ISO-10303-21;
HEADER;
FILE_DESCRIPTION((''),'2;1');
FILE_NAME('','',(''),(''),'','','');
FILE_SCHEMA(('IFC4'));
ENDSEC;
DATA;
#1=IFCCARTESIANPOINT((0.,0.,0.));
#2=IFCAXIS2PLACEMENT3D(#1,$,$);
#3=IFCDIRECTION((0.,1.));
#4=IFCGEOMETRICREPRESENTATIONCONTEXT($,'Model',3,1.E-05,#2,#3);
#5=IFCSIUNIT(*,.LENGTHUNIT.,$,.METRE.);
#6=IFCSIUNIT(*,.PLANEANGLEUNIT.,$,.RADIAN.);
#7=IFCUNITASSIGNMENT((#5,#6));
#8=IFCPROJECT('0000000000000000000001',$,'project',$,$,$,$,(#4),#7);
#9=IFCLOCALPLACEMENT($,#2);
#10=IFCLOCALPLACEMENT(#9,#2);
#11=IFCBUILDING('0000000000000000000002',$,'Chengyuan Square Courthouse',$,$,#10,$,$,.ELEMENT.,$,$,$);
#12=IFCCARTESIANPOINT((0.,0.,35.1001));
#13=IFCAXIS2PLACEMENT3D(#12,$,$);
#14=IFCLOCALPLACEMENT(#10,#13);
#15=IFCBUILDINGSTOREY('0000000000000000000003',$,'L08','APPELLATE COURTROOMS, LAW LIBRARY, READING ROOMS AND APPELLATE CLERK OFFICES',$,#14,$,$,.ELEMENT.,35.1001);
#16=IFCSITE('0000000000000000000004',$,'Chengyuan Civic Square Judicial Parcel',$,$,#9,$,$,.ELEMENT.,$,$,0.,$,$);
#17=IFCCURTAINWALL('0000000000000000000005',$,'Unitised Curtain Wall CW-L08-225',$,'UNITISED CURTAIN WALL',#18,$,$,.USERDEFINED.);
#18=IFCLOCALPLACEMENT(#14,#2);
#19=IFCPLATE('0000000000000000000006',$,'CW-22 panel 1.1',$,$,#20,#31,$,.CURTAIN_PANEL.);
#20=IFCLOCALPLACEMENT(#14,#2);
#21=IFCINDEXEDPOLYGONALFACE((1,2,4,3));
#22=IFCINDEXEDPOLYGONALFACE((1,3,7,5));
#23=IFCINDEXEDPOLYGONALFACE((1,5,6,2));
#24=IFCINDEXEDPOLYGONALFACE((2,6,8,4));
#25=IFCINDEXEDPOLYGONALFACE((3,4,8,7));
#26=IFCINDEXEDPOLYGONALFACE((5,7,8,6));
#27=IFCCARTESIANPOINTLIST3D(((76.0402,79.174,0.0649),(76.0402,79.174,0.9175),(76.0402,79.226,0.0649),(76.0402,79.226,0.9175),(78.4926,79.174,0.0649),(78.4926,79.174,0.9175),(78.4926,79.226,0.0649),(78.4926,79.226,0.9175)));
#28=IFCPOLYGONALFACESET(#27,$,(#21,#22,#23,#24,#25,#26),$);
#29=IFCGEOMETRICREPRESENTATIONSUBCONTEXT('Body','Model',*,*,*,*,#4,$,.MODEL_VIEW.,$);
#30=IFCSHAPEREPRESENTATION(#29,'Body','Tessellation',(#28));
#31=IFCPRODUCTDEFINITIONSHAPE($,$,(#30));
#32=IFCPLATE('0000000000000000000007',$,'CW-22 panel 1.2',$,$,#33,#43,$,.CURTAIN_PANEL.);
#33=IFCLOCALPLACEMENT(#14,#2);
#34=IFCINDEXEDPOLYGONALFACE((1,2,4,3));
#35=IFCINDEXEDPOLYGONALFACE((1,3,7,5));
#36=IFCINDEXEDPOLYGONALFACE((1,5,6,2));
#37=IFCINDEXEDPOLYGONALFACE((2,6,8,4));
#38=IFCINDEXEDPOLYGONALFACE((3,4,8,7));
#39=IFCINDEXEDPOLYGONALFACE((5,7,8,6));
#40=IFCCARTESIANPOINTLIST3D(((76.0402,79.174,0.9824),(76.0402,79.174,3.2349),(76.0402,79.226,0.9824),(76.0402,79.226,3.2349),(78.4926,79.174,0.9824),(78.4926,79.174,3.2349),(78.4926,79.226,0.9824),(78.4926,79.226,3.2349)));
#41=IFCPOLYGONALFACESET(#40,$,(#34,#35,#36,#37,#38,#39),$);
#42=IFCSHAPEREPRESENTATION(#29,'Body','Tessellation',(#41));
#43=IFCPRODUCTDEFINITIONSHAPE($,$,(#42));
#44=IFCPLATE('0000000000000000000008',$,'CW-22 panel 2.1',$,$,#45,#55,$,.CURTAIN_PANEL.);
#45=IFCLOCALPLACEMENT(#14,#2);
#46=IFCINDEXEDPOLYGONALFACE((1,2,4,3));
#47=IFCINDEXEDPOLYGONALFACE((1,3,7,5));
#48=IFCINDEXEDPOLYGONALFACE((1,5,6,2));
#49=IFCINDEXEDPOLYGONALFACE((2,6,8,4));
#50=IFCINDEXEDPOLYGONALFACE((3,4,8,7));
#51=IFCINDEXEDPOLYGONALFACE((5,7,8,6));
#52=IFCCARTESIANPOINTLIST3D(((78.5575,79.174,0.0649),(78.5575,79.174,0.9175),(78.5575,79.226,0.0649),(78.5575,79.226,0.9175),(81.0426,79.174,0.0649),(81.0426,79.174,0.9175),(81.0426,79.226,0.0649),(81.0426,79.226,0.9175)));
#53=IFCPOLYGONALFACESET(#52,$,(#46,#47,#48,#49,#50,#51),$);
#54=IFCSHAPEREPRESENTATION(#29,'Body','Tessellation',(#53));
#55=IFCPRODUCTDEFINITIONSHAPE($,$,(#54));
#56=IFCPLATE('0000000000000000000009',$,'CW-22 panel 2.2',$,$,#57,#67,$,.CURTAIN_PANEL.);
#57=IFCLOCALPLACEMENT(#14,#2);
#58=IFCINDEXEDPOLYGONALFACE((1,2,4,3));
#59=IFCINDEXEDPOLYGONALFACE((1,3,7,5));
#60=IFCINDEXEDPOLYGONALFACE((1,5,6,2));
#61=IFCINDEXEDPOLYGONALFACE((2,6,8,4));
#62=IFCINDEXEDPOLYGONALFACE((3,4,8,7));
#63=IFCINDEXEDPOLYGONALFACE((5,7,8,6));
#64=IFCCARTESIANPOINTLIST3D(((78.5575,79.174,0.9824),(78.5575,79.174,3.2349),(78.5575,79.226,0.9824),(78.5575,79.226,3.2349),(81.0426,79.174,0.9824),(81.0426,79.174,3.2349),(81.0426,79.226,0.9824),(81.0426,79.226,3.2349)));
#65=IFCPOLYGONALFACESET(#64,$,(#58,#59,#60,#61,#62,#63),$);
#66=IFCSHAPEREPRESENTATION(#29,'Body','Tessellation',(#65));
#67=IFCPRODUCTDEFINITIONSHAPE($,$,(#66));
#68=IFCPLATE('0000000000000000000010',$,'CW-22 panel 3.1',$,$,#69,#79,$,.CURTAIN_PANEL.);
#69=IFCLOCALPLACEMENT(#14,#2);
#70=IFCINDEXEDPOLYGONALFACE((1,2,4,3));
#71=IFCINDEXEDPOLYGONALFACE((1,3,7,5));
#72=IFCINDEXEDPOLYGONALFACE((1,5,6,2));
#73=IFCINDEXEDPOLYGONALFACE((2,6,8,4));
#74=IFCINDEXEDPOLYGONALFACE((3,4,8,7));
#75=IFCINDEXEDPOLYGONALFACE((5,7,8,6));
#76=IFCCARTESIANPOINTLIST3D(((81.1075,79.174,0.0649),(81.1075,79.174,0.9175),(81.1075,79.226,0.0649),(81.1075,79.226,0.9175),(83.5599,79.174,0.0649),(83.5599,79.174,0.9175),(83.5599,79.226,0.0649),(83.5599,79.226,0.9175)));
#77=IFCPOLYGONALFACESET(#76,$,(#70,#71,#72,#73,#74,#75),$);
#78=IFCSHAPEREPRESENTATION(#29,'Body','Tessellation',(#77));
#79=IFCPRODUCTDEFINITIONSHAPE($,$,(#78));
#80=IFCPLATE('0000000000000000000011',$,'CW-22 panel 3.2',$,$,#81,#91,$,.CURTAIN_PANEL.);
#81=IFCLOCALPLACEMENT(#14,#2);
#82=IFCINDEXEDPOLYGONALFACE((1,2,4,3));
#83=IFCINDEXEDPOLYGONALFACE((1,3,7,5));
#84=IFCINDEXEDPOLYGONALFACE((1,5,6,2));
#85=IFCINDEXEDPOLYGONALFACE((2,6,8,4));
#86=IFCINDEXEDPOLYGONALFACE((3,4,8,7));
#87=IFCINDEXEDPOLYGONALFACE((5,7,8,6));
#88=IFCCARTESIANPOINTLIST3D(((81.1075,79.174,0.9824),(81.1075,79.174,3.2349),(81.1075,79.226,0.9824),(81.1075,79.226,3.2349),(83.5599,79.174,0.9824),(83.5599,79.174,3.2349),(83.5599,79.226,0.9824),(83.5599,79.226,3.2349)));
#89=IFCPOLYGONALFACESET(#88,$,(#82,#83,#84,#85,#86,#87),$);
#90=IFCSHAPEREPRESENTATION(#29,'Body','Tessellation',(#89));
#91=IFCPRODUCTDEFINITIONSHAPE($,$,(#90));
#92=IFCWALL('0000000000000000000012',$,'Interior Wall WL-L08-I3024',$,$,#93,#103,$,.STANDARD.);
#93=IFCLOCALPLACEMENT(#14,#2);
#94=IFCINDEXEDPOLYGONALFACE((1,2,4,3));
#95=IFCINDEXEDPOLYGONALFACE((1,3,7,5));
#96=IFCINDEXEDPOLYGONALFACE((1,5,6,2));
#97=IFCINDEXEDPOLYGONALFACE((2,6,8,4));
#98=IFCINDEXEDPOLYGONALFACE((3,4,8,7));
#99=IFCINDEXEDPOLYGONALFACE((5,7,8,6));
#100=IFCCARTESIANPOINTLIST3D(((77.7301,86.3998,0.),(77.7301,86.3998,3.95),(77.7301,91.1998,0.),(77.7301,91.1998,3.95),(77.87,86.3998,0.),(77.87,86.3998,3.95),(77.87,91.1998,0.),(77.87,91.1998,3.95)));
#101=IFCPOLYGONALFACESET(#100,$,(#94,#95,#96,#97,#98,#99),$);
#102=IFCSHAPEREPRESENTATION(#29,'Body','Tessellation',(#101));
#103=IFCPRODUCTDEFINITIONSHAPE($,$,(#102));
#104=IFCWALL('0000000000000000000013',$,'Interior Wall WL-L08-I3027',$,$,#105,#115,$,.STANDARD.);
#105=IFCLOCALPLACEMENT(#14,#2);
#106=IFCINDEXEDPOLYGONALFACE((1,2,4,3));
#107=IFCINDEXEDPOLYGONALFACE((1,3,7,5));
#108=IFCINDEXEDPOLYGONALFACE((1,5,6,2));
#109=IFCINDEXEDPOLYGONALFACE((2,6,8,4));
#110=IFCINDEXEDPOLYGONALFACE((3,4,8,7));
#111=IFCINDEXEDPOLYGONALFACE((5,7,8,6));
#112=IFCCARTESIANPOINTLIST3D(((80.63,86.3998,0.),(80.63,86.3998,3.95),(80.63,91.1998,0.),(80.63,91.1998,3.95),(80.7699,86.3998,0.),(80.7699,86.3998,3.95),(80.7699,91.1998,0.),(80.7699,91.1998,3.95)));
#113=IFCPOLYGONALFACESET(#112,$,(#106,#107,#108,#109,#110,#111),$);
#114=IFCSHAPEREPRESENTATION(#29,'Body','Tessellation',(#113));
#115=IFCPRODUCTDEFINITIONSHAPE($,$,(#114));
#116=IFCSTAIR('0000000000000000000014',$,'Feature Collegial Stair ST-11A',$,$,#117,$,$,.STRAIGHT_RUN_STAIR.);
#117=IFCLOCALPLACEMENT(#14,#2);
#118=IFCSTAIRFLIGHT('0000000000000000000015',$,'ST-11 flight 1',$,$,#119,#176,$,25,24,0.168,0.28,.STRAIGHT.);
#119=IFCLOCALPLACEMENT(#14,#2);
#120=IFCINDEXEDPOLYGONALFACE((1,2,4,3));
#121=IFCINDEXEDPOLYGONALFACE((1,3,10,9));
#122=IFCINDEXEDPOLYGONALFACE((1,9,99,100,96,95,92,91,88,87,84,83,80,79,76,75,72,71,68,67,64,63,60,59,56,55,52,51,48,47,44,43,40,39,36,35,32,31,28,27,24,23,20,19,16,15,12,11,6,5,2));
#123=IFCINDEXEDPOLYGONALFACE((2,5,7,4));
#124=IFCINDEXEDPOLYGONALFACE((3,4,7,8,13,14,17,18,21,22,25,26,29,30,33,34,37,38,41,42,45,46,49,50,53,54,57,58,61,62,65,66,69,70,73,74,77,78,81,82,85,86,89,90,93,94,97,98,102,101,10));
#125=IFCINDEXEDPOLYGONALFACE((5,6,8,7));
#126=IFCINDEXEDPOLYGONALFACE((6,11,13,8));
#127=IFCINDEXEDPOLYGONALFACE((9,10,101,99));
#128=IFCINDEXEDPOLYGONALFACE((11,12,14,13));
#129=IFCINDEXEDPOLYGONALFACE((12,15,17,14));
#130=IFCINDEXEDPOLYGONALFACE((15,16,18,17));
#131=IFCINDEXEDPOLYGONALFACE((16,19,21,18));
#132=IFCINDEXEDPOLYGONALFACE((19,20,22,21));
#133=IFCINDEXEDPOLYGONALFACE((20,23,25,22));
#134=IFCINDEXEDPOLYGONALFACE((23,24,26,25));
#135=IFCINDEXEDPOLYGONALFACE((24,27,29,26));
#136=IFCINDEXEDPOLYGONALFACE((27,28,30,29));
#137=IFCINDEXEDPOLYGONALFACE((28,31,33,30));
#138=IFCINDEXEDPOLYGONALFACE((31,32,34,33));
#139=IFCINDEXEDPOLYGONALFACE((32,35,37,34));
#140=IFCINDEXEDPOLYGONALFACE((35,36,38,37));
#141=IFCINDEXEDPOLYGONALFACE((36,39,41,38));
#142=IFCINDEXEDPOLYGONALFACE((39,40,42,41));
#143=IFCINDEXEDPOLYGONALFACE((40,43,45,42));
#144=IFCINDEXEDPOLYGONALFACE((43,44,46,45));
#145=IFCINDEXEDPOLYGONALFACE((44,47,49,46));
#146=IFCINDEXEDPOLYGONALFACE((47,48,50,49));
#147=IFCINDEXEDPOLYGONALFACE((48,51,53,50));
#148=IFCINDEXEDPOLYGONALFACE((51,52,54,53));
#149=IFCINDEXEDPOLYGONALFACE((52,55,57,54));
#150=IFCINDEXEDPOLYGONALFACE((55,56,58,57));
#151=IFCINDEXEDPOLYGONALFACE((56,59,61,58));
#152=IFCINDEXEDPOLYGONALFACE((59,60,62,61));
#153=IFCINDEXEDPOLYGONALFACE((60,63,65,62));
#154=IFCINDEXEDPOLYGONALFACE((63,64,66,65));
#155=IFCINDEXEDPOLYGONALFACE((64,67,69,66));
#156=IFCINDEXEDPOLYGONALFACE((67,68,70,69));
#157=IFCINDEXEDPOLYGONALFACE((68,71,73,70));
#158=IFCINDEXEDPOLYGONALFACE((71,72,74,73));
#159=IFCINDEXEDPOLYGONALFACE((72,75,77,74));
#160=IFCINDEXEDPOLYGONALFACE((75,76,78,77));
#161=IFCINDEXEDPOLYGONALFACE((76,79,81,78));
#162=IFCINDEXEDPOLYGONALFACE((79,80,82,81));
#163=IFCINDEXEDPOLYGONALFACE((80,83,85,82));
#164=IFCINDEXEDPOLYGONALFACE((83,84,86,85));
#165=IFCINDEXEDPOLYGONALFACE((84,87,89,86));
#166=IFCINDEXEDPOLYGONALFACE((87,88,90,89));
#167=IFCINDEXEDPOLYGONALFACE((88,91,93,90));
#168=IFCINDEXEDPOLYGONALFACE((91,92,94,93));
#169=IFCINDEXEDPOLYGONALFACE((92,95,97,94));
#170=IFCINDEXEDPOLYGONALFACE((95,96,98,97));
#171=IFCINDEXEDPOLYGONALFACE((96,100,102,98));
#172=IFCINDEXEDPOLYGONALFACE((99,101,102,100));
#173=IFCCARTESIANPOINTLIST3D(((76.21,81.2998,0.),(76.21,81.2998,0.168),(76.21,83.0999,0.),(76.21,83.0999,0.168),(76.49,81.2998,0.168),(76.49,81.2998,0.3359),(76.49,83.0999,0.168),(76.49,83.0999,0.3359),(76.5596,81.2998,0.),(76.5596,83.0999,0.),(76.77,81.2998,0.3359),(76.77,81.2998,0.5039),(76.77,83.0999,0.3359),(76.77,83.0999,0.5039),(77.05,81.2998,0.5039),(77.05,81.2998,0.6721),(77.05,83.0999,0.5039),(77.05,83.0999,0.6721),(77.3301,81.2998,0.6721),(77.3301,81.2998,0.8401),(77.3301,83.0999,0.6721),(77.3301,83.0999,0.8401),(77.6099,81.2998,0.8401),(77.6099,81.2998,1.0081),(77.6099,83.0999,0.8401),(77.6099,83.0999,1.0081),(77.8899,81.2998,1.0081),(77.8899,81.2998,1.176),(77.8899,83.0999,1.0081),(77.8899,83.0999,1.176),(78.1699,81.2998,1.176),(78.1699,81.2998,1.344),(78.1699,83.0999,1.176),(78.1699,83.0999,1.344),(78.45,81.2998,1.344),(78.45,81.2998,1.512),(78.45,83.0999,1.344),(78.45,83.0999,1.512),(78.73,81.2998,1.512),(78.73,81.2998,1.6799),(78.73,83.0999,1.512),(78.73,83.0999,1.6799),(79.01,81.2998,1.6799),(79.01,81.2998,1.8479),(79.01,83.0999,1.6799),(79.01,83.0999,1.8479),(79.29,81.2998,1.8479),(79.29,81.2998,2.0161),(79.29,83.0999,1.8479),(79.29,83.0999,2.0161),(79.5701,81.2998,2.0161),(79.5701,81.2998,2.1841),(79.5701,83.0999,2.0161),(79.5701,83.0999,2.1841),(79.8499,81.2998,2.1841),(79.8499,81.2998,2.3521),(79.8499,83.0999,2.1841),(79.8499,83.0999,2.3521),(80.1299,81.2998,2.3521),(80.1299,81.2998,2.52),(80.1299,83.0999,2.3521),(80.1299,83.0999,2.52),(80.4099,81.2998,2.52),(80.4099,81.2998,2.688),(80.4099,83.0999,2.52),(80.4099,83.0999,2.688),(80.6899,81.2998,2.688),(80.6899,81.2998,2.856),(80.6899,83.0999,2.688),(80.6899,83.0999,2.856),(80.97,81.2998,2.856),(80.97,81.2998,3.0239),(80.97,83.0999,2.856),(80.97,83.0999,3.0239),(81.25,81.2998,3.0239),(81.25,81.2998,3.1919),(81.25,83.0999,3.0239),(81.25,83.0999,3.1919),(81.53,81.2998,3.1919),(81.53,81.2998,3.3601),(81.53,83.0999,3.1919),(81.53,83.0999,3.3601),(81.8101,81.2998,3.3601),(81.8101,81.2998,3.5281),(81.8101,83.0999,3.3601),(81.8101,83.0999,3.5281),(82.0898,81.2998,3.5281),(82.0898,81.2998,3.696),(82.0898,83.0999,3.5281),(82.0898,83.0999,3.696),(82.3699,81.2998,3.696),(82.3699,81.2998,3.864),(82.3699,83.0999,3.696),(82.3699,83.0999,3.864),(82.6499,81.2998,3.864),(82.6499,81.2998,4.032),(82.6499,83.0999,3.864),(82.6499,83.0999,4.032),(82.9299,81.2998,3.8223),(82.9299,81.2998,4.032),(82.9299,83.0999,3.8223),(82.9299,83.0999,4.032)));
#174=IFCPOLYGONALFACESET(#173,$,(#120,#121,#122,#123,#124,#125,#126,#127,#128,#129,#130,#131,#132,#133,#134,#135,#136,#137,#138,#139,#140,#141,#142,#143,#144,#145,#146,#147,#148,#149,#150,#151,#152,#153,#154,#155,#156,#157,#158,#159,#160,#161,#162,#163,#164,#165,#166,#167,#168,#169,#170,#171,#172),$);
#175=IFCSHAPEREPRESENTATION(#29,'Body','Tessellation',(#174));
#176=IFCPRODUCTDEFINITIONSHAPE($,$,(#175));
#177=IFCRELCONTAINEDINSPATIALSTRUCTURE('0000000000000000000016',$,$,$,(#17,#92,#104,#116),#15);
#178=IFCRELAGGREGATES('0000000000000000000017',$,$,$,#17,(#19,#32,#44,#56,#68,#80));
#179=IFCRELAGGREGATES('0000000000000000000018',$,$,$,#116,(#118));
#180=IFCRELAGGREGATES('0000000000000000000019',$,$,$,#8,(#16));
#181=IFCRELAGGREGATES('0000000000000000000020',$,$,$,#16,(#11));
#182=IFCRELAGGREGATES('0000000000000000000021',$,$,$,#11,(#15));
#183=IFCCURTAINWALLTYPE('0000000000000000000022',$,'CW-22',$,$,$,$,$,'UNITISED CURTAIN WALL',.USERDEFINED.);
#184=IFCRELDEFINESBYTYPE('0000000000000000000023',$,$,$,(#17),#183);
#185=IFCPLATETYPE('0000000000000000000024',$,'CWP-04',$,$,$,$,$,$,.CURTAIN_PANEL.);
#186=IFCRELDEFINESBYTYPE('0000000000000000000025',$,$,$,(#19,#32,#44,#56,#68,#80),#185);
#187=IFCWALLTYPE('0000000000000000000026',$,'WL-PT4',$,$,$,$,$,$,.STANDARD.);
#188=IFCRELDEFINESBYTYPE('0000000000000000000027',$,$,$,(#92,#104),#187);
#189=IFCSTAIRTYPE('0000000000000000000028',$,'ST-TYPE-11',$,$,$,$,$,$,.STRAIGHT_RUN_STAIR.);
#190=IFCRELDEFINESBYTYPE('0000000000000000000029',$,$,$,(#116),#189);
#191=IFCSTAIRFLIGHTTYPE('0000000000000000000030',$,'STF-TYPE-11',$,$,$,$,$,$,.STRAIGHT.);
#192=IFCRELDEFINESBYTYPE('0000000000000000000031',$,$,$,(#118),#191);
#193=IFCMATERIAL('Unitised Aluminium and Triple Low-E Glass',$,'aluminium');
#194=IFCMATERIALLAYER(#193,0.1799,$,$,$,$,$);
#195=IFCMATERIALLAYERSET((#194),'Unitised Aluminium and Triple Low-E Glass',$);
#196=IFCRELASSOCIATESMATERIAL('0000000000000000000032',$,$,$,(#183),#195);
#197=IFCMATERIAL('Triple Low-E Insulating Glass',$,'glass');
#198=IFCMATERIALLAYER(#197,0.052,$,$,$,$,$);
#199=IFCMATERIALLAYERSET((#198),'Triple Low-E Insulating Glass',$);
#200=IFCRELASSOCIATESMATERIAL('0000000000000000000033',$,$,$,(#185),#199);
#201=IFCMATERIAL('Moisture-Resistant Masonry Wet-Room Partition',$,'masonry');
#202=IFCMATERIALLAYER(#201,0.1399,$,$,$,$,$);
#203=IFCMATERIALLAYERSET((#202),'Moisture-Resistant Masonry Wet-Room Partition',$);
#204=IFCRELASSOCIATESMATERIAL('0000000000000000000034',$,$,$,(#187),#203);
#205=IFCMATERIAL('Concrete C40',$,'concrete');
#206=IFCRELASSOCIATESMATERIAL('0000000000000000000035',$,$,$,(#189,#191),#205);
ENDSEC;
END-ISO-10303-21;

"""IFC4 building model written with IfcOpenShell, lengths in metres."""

from ifc_helpers import new_model, si_unit, direction, frame, frame_2d, origin, origin_2d, place, context, subcontext, project, spatial, polyline, rectangle, outline, extrude, material, layer, layer_set, type_object, element, aggregate, save


model = new_model("IFC4")

# Units and contexts
model_context = context("Model", 3, precision=1e-05, world=origin(), true_north=direction((0.0, 1.0)))
body_context = subcontext(model_context, "Body", "Model", "MODEL_VIEW")
ifc_project = project(units=[si_unit("LENGTHUNIT", "METRE"), si_unit("PLANEANGLEUNIT", "RADIAN")], contexts=[model_context])

# Site, building, storey
site_placement = place(None, origin())
site = spatial("IfcSite", under=ifc_project, at=site_placement, Name="Chengyuan Civic Square Judicial Parcel", CompositionType="ELEMENT", RefElevation=0.0)
building_placement = place(site_placement, origin())
building = spatial("IfcBuilding", under=site, at=building_placement, Name="Chengyuan Square Courthouse", CompositionType="ELEMENT")
storey_placement = place(building_placement, frame((0.0, 0.0, 35.1001)))
storey = spatial("IfcBuildingStorey", under=building, at=storey_placement, Name="L08", Description="APPELLATE COURTROOMS, LAW LIBRARY, READING ROOMS AND APPELLATE CLERK OFFICES", CompositionType="ELEMENT", Elevation=35.1001)

# Shared definitions
ifc_material_1 = material(Name="Concrete C40", Category="concrete")

# Curtain wall, plates
ifc_material_2 = material(Name="Unitised Aluminium and Triple Low-E Glass", Category="aluminium")
ifc_layer_1 = layer(ifc_material_2, 0.1799)
ifc_layer_set_1 = layer_set([ifc_layer_1], Name="Unitised Aluminium and Triple Low-E Glass")
curtain_wall_type = type_object("IfcCurtainWallType", Name="CW-22", ElementType="UNITISED CURTAIN WALL", PredefinedType="USERDEFINED", material=ifc_layer_set_1)
curtain_wall_placement = place(storey_placement, origin())
curtain_wall = element("IfcCurtainWall", 1, at=curtain_wall_placement, inside=storey, type_object=curtain_wall_type, Name="Unitised Curtain Wall CW-L08-225", ObjectType="UNITISED CURTAIN WALL", PredefinedType="USERDEFINED")
ifc_material_3 = material(Name="Triple Low-E Insulating Glass", Category="glass")
ifc_layer_2 = layer(ifc_material_3, 0.052)
ifc_layer_set_2 = layer_set([ifc_layer_2], Name="Triple Low-E Insulating Glass")
plate_type = type_object("IfcPlateType", Name="CWP-04", PredefinedType="CURTAIN_PANEL", material=ifc_layer_set_2)
plate_1_placement = place(storey_placement, frame((77.2664, 79.2, 0.0649), z_axis=(0.0, 0.0, 1.0), x_axis=(1.0, 0.0, 0.0)))
plate_1 = element("IfcPlate", 2, at=plate_1_placement, type_object=plate_type, Name="CW-22 panel 1.1", PredefinedType="CURTAIN_PANEL", context=body_context, shape_type="SweptSolid", body=[
    extrude(rectangle(XDim=2.4524, YDim=0.052, at=origin_2d()), origin(), (0.0, 0.0, 1.0), 0.8525),
])
plate_2_placement = place(storey_placement, frame((77.2664, 79.2, 0.9824), z_axis=(0.0, 0.0, 1.0), x_axis=(1.0, 0.0, 0.0)))
plate_2 = element("IfcPlate", 3, at=plate_2_placement, type_object=plate_type, Name="CW-22 panel 1.2", PredefinedType="CURTAIN_PANEL", context=body_context, shape_type="SweptSolid", body=[
    extrude(rectangle(XDim=2.4524, YDim=0.052, at=origin_2d()), origin(), (0.0, 0.0, 1.0), 2.2524),
])
plate_3_placement = place(storey_placement, frame((79.8, 79.2, 0.0649), z_axis=(0.0, 0.0, 1.0), x_axis=(1.0, 0.0, 0.0)))
plate_3 = element("IfcPlate", 4, at=plate_3_placement, type_object=plate_type, Name="CW-22 panel 2.1", PredefinedType="CURTAIN_PANEL", context=body_context, shape_type="SweptSolid", body=[
    extrude(rectangle(XDim=2.4851, YDim=0.052, at=origin_2d()), origin(), (0.0, 0.0, 1.0), 0.8525),
])
plate_4_placement = place(storey_placement, frame((79.8, 79.2, 0.9824), z_axis=(0.0, 0.0, 1.0), x_axis=(1.0, 0.0, 0.0)))
plate_4 = element("IfcPlate", 5, at=plate_4_placement, type_object=plate_type, Name="CW-22 panel 2.2", PredefinedType="CURTAIN_PANEL", context=body_context, shape_type="SweptSolid", body=[
    extrude(rectangle(XDim=2.4851, YDim=0.052, at=origin_2d()), origin(), (0.0, 0.0, 1.0), 2.2524),
])
plate_5_placement = place(storey_placement, frame((82.3337, 79.2, 0.0649), z_axis=(0.0, 0.0, 1.0), x_axis=(1.0, 0.0, 0.0)))
plate_5 = element("IfcPlate", 6, at=plate_5_placement, type_object=plate_type, Name="CW-22 panel 3.1", PredefinedType="CURTAIN_PANEL", context=body_context, shape_type="SweptSolid", body=[
    extrude(rectangle(XDim=2.4524, YDim=0.052, at=origin_2d()), origin(), (0.0, 0.0, 1.0), 0.8525),
])
plate_6_placement = place(storey_placement, frame((82.3337, 79.2, 0.9824), z_axis=(0.0, 0.0, 1.0), x_axis=(1.0, 0.0, 0.0)))
plate_6 = element("IfcPlate", 7, at=plate_6_placement, type_object=plate_type, Name="CW-22 panel 3.2", PredefinedType="CURTAIN_PANEL", context=body_context, shape_type="SweptSolid", body=[
    extrude(rectangle(XDim=2.4524, YDim=0.052, at=origin_2d()), origin(), (0.0, 0.0, 1.0), 2.2524),
])
aggregate(curtain_wall, [plate_1, plate_2, plate_3, plate_4, plate_5, plate_6])

# Walls
ifc_material_4 = material(Name="Moisture-Resistant Masonry Wet-Room Partition", Category="masonry")
ifc_layer_3 = layer(ifc_material_4, 0.1399)
ifc_layer_set_3 = layer_set([ifc_layer_3], Name="Moisture-Resistant Masonry Wet-Room Partition")
wall_type = type_object("IfcWallType", Name="WL-PT4", PredefinedType="STANDARD", material=ifc_layer_set_3)
for number, where, z_axis, x_axis, name in (
    (8, (77.8, 86.3999, 0.0), (0.0, 0.0, 1.0), (0.0, 1.0, 0.0), "Interior Wall WL-L08-I3024"),
    (9, (80.7, 86.3999, 0.0), (0.0, 0.0, 1.0), (0.0, 1.0, 0.0), "Interior Wall WL-L08-I3027"),
):
    element("IfcWall", number, at=place(storey_placement, frame(where, z_axis=z_axis, x_axis=x_axis)), inside=storey, type_object=wall_type, Name=name, PredefinedType="STANDARD", context=body_context, shape_type="SweptSolid", body=[
        extrude(rectangle(XDim=4.8, YDim=0.1399, at=frame_2d((2.3999, 0.0))), origin(), (0.0, 0.0, 1.0), 3.95),
    ])

# Stair, stair flight
stair_type = type_object("IfcStairType", Name="ST-TYPE-11", PredefinedType="STRAIGHT_RUN_STAIR", material=ifc_material_1)
stair_placement = place(storey_placement, origin())
stair = element("IfcStair", 10, at=stair_placement, inside=storey, type_object=stair_type, Name="Feature Collegial Stair ST-11A", PredefinedType="STRAIGHT_RUN_STAIR")
stair_flight_type = type_object("IfcStairFlightType", Name="STF-TYPE-11", PredefinedType="STRAIGHT", material=ifc_material_1)
stair_flight_placement = place(storey_placement, frame((76.21, 82.2, 0.0), z_axis=(0.0, 0.0, 1.0), x_axis=(1.0, 0.0, 0.0)))
stair_flight = element("IfcStairFlight", 11, at=stair_flight_placement, type_object=stair_flight_type, Name="ST-11 flight 1", NumberOfRisers=25, NumberOfTreads=24, PredefinedType="STRAIGHT", RiserHeight=0.168, TreadLength=0.28, context=body_context, shape_type="SweptSolid", body=[
    extrude(outline(polyline([(0.0, 0.0), (0.0, 0.168), (0.28, 0.168), (0.28, 0.3359), (0.5601, 0.3359), (0.5601, 0.5039), (0.8401, 0.5039), (0.8401, 0.6721), (1.1201, 0.6721), (1.1201, 0.8401), (1.3999, 0.8401), (1.3999, 1.0081), (1.6799, 1.0081), (1.6799, 1.176), (1.96, 1.176), (1.96, 1.344), (2.24, 1.344), (2.24, 1.512), (2.52, 1.512), (2.52, 1.6799), (2.8, 1.6799), (2.8, 1.8479), (3.0801, 1.8479), (3.0801, 2.0161), (3.3601, 2.0161), (3.3601, 2.1841), (3.6399, 2.1841), (3.6399, 2.3521), (3.9199, 2.3521), (3.9199, 2.52), (4.2, 2.52), (4.2, 2.688), (4.48, 2.688), (4.48, 2.856), (4.76, 2.856), (4.76, 3.0239), (5.04, 3.0239), (5.04, 3.1919), (5.3201, 3.1919), (5.3201, 3.3601), (5.6001, 3.3601), (5.6001, 3.5281), (5.8799, 3.5281), (5.8799, 3.696), (6.1599, 3.696), (6.1599, 3.864), (6.4399, 3.864), (6.4399, 4.032), (6.72, 4.032), (6.72, 4.2), (6.72, 3.8223), (0.3496, 0.0), (0.0, 0.0)])), frame((0.0, 0.8999, 0.0), z_axis=(0.0, -1.0, 0.0), x_axis=(1.0, 0.0, 0.0)), (0.0, 0.0, 1.0), 1.8),
])
aggregate(stair, [stair_flight])

save(model, "model.ifc")
